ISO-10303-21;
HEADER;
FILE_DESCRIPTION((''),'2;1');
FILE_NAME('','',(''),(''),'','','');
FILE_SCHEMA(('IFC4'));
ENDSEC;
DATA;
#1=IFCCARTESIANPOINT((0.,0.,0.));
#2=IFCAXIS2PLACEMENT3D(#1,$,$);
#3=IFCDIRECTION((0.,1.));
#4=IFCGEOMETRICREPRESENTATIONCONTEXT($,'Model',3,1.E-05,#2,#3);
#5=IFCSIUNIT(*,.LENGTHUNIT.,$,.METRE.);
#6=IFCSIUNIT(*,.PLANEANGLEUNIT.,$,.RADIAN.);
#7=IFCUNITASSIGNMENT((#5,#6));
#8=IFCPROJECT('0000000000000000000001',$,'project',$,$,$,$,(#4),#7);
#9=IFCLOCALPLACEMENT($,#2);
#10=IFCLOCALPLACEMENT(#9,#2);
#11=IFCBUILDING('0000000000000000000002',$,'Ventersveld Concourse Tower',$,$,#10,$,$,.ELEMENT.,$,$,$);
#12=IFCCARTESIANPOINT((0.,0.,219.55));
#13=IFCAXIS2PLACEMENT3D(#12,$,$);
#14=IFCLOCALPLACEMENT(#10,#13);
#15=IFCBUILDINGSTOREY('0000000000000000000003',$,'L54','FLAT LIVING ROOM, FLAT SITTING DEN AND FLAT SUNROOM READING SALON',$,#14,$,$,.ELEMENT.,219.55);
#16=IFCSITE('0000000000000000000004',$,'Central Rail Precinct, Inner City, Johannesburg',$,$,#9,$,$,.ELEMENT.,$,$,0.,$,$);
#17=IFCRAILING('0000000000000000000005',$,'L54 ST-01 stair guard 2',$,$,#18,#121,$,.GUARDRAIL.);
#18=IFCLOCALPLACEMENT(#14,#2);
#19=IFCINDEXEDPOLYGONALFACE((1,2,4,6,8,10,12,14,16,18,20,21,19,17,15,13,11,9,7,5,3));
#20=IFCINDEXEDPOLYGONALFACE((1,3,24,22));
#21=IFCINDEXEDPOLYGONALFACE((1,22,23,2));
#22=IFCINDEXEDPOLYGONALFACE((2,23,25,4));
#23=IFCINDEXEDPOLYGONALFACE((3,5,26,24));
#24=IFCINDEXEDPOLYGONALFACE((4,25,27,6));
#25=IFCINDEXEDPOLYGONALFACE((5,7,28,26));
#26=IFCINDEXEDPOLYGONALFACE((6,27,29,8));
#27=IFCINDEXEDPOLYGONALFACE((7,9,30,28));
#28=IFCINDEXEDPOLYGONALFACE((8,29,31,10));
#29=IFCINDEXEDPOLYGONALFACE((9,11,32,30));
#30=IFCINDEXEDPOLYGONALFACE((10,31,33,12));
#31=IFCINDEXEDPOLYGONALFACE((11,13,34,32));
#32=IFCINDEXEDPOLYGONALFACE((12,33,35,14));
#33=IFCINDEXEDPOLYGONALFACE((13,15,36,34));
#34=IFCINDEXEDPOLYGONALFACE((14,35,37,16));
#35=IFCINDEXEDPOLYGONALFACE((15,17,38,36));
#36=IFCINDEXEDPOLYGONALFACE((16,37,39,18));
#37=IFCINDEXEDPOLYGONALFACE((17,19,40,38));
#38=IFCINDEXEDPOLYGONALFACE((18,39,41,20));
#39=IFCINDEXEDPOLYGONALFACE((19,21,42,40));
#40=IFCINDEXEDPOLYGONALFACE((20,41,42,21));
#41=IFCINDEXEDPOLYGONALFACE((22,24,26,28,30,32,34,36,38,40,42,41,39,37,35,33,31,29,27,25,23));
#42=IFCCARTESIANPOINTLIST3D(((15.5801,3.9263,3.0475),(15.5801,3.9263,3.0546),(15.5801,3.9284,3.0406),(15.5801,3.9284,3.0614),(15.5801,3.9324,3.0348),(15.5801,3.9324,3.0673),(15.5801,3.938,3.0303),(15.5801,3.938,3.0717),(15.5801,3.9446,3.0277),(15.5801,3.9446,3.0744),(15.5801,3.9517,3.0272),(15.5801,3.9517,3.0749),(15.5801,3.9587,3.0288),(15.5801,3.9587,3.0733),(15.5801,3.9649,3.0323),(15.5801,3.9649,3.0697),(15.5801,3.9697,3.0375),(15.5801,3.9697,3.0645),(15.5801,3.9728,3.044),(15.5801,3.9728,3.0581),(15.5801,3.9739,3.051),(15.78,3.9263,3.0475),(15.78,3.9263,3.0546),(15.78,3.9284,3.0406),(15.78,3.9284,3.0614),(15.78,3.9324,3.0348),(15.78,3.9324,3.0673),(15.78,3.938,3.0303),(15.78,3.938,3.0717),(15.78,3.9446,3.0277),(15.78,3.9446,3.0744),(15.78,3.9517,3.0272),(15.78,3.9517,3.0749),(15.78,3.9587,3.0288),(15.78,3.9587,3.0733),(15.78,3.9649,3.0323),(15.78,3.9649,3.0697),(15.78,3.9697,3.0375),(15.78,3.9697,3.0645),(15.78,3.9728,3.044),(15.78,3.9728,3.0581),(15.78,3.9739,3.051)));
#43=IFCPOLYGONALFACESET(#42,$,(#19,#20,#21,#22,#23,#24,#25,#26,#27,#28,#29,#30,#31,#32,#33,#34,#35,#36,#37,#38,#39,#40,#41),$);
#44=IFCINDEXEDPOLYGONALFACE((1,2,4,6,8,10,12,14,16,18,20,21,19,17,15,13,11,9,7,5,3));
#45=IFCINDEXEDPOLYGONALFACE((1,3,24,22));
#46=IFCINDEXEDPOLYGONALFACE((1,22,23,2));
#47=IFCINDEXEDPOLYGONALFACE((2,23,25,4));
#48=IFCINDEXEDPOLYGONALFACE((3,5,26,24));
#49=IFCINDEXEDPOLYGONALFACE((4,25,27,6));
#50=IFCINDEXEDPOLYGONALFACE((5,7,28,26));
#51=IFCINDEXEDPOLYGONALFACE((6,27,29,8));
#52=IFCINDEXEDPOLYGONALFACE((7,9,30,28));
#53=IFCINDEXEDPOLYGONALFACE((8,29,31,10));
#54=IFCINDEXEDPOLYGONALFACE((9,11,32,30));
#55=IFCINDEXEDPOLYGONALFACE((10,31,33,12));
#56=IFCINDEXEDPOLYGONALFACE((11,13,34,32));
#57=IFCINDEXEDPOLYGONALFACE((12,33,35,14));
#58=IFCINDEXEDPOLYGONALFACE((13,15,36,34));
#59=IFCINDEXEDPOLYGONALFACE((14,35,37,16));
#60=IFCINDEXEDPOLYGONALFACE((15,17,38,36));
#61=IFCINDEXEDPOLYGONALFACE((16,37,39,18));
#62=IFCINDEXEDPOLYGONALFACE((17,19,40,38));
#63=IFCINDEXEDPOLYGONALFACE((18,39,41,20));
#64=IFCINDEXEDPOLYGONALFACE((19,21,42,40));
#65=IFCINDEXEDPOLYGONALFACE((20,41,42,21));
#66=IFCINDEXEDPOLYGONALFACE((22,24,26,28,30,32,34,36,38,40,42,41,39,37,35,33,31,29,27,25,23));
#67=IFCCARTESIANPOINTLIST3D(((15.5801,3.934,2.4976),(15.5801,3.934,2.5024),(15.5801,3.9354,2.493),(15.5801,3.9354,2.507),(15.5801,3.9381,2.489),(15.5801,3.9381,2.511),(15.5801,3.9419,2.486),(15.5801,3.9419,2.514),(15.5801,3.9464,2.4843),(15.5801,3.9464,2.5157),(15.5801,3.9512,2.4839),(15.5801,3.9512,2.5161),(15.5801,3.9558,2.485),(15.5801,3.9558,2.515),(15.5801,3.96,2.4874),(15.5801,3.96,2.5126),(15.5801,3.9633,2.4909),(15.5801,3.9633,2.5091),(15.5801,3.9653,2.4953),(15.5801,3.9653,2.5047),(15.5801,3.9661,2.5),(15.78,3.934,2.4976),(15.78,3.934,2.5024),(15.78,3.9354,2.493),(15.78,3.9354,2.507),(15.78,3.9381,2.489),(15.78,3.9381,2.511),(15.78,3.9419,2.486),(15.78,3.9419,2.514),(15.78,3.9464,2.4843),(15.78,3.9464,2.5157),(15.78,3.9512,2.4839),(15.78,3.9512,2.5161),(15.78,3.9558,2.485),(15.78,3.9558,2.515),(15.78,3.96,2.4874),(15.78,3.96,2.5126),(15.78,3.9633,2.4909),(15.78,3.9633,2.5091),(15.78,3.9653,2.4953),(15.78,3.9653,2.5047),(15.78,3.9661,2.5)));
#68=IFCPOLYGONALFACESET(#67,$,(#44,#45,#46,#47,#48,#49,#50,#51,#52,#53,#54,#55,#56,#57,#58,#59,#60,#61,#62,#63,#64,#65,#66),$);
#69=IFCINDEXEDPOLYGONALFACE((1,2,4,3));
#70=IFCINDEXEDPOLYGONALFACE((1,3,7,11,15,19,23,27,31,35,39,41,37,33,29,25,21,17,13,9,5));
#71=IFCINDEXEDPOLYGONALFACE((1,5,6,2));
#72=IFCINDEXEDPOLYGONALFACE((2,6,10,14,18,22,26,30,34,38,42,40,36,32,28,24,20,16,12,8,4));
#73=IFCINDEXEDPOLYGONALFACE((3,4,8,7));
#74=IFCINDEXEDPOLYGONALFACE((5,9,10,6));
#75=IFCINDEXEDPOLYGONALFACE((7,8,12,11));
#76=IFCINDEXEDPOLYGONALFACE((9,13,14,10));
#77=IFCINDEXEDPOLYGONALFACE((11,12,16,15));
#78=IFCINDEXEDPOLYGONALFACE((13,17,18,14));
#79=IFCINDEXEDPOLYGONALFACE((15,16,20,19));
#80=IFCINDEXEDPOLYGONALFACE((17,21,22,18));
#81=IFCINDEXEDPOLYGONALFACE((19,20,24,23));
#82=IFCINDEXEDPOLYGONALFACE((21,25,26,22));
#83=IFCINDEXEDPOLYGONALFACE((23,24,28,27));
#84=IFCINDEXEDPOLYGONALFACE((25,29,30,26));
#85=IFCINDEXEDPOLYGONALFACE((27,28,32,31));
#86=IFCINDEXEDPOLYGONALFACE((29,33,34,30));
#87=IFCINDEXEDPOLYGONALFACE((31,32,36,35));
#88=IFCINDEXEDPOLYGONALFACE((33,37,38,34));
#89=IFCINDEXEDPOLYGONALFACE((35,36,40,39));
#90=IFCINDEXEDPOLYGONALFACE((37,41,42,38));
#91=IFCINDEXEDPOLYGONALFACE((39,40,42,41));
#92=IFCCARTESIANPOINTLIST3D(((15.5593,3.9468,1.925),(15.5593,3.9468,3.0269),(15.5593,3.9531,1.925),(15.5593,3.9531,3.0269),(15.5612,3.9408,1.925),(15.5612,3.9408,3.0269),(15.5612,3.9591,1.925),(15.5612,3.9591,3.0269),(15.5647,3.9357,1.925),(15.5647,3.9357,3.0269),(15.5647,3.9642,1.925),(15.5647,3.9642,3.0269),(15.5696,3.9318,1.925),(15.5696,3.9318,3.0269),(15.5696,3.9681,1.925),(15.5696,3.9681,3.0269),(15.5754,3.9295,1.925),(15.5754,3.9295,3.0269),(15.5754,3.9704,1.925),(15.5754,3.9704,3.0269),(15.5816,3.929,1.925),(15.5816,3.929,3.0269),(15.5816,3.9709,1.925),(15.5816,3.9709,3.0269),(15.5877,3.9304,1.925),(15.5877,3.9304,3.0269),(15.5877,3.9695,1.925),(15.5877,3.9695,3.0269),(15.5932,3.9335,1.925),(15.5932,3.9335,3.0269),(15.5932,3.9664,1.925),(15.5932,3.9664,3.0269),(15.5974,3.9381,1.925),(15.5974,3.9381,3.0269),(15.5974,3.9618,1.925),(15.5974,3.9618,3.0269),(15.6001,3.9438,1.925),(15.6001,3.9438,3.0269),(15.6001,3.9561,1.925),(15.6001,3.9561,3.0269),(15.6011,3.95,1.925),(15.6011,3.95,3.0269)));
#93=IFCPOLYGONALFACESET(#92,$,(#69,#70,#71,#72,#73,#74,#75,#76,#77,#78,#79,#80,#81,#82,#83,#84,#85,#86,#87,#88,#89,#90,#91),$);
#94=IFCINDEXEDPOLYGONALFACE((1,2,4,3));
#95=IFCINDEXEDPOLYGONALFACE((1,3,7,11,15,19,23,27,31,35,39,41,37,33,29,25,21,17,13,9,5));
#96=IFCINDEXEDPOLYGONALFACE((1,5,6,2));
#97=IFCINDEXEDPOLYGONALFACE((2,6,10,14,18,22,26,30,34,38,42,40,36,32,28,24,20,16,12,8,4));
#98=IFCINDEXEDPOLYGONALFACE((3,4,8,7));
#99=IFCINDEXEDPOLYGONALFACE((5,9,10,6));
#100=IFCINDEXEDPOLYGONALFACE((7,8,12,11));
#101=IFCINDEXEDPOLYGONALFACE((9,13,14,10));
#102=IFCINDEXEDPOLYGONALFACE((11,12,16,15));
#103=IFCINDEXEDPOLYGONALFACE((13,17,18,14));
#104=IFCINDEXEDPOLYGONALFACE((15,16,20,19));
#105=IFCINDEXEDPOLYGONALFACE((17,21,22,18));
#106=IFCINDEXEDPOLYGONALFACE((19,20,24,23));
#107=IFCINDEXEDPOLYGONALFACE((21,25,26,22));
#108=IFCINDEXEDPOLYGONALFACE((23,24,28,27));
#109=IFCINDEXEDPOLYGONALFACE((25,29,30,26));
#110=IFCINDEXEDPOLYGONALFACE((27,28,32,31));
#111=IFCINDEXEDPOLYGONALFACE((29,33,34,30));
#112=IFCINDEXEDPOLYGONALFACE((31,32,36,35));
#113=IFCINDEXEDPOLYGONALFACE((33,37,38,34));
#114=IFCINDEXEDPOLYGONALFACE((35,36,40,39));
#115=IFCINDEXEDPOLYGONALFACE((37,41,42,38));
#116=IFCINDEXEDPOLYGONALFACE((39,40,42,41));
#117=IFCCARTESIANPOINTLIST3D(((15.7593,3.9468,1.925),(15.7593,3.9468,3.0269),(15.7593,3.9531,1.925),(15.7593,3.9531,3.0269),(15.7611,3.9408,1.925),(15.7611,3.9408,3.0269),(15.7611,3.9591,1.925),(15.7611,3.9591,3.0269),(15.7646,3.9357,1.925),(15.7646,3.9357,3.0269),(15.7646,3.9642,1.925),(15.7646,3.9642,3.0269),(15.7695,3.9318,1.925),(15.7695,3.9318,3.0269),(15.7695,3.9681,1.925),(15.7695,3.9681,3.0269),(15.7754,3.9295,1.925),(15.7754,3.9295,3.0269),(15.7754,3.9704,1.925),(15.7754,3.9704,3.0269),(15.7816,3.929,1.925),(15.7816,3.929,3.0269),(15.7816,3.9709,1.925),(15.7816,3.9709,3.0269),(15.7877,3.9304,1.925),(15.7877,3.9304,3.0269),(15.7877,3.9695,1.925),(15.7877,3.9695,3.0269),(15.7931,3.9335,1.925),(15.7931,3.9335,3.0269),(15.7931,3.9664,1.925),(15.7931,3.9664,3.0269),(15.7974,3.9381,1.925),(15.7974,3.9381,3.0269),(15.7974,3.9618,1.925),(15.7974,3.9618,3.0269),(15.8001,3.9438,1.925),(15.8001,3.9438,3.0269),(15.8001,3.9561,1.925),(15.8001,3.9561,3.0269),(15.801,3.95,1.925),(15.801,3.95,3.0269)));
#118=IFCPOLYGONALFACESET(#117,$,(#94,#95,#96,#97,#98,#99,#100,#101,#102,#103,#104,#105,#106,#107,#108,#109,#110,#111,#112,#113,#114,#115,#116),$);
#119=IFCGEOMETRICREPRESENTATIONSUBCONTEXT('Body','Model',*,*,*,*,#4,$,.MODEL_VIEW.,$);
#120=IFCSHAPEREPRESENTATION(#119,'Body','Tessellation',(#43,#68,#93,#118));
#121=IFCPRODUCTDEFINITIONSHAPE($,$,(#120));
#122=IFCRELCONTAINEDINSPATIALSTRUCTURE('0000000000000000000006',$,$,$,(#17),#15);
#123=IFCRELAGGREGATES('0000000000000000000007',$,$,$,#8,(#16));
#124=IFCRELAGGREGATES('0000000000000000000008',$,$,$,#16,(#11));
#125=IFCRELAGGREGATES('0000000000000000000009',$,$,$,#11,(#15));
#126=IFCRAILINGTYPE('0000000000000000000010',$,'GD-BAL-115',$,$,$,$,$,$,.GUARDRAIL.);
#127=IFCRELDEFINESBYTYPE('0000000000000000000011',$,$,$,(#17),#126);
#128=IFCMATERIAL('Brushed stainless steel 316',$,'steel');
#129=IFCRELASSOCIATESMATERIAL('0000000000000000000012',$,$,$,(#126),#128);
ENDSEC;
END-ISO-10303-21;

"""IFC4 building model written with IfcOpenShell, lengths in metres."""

from ifc_helpers import new_model, si_unit, direction, frame, origin, origin_2d, place, context, subcontext, project, spatial, circle, extrude, material, type_object, element, save


model = new_model("IFC4")

# Units and contexts
model_context = context("Model", 3, precision=1e-05, world=origin(), true_north=direction((0.0, 1.0)))
body_context = subcontext(model_context, "Body", "Model", "MODEL_VIEW")
ifc_project = project(units=[si_unit("LENGTHUNIT", "METRE"), si_unit("PLANEANGLEUNIT", "RADIAN")], contexts=[model_context])

# Site, building, storey
site_placement = place(None, origin())
site = spatial("IfcSite", under=ifc_project, at=site_placement, Name="Central Rail Precinct, Inner City, Johannesburg", CompositionType="ELEMENT", RefElevation=0.0)
building_placement = place(site_placement, origin())
building = spatial("IfcBuilding", under=site, at=building_placement, Name="Ventersveld Concourse Tower", CompositionType="ELEMENT")
storey_placement = place(building_placement, frame((0.0, 0.0, 219.55)))
storey = spatial("IfcBuildingStorey", under=building, at=storey_placement, Name="L54", Description="FLAT LIVING ROOM, FLAT SITTING DEN AND FLAT SUNROOM READING SALON", CompositionType="ELEMENT", Elevation=219.55)

# Shared definitions
ifc_material_1 = material(Name="Brushed stainless steel 316", Category="steel")

# Railing
railing_type_1 = type_object("IfcRailingType", Name="GD-BAL-115", PredefinedType="GUARDRAIL", material=ifc_material_1)
railing_1_placement = place(storey_placement, frame((15.5801, 3.95, 1.925)))
element("IfcRailing", 1, at=railing_1_placement, inside=storey, type_object=railing_type_1, Name="L54 ST-01 stair guard 2", PredefinedType="GUARDRAIL", context=body_context, shape_type="SweptSolid", body=[
    extrude(circle(Radius=0.0239, at=origin_2d()), frame((0.0, 0.0, 1.126), z_axis=(1.0, 0.0, 0.0), x_axis=(0.0, 1.0, 0.0)), (0.0, 0.0, 1.0), 0.2),
    extrude(circle(Radius=0.0161, at=origin_2d()), frame((0.0, 0.0, 0.575), z_axis=(1.0, 0.0, 0.0), x_axis=(0.0, 1.0, 0.0)), (0.0, 0.0, 1.0), 0.2),
    extrude(circle(Radius=0.021, at=origin_2d()), origin(), (0.0, 0.0, 1.0), 1.1018),
    extrude(circle(Radius=0.021, at=origin_2d()), frame((0.2, 0.0, 0.0)), (0.0, 0.0, 1.0), 1.1018),
])

save(model, "model.ifc")
